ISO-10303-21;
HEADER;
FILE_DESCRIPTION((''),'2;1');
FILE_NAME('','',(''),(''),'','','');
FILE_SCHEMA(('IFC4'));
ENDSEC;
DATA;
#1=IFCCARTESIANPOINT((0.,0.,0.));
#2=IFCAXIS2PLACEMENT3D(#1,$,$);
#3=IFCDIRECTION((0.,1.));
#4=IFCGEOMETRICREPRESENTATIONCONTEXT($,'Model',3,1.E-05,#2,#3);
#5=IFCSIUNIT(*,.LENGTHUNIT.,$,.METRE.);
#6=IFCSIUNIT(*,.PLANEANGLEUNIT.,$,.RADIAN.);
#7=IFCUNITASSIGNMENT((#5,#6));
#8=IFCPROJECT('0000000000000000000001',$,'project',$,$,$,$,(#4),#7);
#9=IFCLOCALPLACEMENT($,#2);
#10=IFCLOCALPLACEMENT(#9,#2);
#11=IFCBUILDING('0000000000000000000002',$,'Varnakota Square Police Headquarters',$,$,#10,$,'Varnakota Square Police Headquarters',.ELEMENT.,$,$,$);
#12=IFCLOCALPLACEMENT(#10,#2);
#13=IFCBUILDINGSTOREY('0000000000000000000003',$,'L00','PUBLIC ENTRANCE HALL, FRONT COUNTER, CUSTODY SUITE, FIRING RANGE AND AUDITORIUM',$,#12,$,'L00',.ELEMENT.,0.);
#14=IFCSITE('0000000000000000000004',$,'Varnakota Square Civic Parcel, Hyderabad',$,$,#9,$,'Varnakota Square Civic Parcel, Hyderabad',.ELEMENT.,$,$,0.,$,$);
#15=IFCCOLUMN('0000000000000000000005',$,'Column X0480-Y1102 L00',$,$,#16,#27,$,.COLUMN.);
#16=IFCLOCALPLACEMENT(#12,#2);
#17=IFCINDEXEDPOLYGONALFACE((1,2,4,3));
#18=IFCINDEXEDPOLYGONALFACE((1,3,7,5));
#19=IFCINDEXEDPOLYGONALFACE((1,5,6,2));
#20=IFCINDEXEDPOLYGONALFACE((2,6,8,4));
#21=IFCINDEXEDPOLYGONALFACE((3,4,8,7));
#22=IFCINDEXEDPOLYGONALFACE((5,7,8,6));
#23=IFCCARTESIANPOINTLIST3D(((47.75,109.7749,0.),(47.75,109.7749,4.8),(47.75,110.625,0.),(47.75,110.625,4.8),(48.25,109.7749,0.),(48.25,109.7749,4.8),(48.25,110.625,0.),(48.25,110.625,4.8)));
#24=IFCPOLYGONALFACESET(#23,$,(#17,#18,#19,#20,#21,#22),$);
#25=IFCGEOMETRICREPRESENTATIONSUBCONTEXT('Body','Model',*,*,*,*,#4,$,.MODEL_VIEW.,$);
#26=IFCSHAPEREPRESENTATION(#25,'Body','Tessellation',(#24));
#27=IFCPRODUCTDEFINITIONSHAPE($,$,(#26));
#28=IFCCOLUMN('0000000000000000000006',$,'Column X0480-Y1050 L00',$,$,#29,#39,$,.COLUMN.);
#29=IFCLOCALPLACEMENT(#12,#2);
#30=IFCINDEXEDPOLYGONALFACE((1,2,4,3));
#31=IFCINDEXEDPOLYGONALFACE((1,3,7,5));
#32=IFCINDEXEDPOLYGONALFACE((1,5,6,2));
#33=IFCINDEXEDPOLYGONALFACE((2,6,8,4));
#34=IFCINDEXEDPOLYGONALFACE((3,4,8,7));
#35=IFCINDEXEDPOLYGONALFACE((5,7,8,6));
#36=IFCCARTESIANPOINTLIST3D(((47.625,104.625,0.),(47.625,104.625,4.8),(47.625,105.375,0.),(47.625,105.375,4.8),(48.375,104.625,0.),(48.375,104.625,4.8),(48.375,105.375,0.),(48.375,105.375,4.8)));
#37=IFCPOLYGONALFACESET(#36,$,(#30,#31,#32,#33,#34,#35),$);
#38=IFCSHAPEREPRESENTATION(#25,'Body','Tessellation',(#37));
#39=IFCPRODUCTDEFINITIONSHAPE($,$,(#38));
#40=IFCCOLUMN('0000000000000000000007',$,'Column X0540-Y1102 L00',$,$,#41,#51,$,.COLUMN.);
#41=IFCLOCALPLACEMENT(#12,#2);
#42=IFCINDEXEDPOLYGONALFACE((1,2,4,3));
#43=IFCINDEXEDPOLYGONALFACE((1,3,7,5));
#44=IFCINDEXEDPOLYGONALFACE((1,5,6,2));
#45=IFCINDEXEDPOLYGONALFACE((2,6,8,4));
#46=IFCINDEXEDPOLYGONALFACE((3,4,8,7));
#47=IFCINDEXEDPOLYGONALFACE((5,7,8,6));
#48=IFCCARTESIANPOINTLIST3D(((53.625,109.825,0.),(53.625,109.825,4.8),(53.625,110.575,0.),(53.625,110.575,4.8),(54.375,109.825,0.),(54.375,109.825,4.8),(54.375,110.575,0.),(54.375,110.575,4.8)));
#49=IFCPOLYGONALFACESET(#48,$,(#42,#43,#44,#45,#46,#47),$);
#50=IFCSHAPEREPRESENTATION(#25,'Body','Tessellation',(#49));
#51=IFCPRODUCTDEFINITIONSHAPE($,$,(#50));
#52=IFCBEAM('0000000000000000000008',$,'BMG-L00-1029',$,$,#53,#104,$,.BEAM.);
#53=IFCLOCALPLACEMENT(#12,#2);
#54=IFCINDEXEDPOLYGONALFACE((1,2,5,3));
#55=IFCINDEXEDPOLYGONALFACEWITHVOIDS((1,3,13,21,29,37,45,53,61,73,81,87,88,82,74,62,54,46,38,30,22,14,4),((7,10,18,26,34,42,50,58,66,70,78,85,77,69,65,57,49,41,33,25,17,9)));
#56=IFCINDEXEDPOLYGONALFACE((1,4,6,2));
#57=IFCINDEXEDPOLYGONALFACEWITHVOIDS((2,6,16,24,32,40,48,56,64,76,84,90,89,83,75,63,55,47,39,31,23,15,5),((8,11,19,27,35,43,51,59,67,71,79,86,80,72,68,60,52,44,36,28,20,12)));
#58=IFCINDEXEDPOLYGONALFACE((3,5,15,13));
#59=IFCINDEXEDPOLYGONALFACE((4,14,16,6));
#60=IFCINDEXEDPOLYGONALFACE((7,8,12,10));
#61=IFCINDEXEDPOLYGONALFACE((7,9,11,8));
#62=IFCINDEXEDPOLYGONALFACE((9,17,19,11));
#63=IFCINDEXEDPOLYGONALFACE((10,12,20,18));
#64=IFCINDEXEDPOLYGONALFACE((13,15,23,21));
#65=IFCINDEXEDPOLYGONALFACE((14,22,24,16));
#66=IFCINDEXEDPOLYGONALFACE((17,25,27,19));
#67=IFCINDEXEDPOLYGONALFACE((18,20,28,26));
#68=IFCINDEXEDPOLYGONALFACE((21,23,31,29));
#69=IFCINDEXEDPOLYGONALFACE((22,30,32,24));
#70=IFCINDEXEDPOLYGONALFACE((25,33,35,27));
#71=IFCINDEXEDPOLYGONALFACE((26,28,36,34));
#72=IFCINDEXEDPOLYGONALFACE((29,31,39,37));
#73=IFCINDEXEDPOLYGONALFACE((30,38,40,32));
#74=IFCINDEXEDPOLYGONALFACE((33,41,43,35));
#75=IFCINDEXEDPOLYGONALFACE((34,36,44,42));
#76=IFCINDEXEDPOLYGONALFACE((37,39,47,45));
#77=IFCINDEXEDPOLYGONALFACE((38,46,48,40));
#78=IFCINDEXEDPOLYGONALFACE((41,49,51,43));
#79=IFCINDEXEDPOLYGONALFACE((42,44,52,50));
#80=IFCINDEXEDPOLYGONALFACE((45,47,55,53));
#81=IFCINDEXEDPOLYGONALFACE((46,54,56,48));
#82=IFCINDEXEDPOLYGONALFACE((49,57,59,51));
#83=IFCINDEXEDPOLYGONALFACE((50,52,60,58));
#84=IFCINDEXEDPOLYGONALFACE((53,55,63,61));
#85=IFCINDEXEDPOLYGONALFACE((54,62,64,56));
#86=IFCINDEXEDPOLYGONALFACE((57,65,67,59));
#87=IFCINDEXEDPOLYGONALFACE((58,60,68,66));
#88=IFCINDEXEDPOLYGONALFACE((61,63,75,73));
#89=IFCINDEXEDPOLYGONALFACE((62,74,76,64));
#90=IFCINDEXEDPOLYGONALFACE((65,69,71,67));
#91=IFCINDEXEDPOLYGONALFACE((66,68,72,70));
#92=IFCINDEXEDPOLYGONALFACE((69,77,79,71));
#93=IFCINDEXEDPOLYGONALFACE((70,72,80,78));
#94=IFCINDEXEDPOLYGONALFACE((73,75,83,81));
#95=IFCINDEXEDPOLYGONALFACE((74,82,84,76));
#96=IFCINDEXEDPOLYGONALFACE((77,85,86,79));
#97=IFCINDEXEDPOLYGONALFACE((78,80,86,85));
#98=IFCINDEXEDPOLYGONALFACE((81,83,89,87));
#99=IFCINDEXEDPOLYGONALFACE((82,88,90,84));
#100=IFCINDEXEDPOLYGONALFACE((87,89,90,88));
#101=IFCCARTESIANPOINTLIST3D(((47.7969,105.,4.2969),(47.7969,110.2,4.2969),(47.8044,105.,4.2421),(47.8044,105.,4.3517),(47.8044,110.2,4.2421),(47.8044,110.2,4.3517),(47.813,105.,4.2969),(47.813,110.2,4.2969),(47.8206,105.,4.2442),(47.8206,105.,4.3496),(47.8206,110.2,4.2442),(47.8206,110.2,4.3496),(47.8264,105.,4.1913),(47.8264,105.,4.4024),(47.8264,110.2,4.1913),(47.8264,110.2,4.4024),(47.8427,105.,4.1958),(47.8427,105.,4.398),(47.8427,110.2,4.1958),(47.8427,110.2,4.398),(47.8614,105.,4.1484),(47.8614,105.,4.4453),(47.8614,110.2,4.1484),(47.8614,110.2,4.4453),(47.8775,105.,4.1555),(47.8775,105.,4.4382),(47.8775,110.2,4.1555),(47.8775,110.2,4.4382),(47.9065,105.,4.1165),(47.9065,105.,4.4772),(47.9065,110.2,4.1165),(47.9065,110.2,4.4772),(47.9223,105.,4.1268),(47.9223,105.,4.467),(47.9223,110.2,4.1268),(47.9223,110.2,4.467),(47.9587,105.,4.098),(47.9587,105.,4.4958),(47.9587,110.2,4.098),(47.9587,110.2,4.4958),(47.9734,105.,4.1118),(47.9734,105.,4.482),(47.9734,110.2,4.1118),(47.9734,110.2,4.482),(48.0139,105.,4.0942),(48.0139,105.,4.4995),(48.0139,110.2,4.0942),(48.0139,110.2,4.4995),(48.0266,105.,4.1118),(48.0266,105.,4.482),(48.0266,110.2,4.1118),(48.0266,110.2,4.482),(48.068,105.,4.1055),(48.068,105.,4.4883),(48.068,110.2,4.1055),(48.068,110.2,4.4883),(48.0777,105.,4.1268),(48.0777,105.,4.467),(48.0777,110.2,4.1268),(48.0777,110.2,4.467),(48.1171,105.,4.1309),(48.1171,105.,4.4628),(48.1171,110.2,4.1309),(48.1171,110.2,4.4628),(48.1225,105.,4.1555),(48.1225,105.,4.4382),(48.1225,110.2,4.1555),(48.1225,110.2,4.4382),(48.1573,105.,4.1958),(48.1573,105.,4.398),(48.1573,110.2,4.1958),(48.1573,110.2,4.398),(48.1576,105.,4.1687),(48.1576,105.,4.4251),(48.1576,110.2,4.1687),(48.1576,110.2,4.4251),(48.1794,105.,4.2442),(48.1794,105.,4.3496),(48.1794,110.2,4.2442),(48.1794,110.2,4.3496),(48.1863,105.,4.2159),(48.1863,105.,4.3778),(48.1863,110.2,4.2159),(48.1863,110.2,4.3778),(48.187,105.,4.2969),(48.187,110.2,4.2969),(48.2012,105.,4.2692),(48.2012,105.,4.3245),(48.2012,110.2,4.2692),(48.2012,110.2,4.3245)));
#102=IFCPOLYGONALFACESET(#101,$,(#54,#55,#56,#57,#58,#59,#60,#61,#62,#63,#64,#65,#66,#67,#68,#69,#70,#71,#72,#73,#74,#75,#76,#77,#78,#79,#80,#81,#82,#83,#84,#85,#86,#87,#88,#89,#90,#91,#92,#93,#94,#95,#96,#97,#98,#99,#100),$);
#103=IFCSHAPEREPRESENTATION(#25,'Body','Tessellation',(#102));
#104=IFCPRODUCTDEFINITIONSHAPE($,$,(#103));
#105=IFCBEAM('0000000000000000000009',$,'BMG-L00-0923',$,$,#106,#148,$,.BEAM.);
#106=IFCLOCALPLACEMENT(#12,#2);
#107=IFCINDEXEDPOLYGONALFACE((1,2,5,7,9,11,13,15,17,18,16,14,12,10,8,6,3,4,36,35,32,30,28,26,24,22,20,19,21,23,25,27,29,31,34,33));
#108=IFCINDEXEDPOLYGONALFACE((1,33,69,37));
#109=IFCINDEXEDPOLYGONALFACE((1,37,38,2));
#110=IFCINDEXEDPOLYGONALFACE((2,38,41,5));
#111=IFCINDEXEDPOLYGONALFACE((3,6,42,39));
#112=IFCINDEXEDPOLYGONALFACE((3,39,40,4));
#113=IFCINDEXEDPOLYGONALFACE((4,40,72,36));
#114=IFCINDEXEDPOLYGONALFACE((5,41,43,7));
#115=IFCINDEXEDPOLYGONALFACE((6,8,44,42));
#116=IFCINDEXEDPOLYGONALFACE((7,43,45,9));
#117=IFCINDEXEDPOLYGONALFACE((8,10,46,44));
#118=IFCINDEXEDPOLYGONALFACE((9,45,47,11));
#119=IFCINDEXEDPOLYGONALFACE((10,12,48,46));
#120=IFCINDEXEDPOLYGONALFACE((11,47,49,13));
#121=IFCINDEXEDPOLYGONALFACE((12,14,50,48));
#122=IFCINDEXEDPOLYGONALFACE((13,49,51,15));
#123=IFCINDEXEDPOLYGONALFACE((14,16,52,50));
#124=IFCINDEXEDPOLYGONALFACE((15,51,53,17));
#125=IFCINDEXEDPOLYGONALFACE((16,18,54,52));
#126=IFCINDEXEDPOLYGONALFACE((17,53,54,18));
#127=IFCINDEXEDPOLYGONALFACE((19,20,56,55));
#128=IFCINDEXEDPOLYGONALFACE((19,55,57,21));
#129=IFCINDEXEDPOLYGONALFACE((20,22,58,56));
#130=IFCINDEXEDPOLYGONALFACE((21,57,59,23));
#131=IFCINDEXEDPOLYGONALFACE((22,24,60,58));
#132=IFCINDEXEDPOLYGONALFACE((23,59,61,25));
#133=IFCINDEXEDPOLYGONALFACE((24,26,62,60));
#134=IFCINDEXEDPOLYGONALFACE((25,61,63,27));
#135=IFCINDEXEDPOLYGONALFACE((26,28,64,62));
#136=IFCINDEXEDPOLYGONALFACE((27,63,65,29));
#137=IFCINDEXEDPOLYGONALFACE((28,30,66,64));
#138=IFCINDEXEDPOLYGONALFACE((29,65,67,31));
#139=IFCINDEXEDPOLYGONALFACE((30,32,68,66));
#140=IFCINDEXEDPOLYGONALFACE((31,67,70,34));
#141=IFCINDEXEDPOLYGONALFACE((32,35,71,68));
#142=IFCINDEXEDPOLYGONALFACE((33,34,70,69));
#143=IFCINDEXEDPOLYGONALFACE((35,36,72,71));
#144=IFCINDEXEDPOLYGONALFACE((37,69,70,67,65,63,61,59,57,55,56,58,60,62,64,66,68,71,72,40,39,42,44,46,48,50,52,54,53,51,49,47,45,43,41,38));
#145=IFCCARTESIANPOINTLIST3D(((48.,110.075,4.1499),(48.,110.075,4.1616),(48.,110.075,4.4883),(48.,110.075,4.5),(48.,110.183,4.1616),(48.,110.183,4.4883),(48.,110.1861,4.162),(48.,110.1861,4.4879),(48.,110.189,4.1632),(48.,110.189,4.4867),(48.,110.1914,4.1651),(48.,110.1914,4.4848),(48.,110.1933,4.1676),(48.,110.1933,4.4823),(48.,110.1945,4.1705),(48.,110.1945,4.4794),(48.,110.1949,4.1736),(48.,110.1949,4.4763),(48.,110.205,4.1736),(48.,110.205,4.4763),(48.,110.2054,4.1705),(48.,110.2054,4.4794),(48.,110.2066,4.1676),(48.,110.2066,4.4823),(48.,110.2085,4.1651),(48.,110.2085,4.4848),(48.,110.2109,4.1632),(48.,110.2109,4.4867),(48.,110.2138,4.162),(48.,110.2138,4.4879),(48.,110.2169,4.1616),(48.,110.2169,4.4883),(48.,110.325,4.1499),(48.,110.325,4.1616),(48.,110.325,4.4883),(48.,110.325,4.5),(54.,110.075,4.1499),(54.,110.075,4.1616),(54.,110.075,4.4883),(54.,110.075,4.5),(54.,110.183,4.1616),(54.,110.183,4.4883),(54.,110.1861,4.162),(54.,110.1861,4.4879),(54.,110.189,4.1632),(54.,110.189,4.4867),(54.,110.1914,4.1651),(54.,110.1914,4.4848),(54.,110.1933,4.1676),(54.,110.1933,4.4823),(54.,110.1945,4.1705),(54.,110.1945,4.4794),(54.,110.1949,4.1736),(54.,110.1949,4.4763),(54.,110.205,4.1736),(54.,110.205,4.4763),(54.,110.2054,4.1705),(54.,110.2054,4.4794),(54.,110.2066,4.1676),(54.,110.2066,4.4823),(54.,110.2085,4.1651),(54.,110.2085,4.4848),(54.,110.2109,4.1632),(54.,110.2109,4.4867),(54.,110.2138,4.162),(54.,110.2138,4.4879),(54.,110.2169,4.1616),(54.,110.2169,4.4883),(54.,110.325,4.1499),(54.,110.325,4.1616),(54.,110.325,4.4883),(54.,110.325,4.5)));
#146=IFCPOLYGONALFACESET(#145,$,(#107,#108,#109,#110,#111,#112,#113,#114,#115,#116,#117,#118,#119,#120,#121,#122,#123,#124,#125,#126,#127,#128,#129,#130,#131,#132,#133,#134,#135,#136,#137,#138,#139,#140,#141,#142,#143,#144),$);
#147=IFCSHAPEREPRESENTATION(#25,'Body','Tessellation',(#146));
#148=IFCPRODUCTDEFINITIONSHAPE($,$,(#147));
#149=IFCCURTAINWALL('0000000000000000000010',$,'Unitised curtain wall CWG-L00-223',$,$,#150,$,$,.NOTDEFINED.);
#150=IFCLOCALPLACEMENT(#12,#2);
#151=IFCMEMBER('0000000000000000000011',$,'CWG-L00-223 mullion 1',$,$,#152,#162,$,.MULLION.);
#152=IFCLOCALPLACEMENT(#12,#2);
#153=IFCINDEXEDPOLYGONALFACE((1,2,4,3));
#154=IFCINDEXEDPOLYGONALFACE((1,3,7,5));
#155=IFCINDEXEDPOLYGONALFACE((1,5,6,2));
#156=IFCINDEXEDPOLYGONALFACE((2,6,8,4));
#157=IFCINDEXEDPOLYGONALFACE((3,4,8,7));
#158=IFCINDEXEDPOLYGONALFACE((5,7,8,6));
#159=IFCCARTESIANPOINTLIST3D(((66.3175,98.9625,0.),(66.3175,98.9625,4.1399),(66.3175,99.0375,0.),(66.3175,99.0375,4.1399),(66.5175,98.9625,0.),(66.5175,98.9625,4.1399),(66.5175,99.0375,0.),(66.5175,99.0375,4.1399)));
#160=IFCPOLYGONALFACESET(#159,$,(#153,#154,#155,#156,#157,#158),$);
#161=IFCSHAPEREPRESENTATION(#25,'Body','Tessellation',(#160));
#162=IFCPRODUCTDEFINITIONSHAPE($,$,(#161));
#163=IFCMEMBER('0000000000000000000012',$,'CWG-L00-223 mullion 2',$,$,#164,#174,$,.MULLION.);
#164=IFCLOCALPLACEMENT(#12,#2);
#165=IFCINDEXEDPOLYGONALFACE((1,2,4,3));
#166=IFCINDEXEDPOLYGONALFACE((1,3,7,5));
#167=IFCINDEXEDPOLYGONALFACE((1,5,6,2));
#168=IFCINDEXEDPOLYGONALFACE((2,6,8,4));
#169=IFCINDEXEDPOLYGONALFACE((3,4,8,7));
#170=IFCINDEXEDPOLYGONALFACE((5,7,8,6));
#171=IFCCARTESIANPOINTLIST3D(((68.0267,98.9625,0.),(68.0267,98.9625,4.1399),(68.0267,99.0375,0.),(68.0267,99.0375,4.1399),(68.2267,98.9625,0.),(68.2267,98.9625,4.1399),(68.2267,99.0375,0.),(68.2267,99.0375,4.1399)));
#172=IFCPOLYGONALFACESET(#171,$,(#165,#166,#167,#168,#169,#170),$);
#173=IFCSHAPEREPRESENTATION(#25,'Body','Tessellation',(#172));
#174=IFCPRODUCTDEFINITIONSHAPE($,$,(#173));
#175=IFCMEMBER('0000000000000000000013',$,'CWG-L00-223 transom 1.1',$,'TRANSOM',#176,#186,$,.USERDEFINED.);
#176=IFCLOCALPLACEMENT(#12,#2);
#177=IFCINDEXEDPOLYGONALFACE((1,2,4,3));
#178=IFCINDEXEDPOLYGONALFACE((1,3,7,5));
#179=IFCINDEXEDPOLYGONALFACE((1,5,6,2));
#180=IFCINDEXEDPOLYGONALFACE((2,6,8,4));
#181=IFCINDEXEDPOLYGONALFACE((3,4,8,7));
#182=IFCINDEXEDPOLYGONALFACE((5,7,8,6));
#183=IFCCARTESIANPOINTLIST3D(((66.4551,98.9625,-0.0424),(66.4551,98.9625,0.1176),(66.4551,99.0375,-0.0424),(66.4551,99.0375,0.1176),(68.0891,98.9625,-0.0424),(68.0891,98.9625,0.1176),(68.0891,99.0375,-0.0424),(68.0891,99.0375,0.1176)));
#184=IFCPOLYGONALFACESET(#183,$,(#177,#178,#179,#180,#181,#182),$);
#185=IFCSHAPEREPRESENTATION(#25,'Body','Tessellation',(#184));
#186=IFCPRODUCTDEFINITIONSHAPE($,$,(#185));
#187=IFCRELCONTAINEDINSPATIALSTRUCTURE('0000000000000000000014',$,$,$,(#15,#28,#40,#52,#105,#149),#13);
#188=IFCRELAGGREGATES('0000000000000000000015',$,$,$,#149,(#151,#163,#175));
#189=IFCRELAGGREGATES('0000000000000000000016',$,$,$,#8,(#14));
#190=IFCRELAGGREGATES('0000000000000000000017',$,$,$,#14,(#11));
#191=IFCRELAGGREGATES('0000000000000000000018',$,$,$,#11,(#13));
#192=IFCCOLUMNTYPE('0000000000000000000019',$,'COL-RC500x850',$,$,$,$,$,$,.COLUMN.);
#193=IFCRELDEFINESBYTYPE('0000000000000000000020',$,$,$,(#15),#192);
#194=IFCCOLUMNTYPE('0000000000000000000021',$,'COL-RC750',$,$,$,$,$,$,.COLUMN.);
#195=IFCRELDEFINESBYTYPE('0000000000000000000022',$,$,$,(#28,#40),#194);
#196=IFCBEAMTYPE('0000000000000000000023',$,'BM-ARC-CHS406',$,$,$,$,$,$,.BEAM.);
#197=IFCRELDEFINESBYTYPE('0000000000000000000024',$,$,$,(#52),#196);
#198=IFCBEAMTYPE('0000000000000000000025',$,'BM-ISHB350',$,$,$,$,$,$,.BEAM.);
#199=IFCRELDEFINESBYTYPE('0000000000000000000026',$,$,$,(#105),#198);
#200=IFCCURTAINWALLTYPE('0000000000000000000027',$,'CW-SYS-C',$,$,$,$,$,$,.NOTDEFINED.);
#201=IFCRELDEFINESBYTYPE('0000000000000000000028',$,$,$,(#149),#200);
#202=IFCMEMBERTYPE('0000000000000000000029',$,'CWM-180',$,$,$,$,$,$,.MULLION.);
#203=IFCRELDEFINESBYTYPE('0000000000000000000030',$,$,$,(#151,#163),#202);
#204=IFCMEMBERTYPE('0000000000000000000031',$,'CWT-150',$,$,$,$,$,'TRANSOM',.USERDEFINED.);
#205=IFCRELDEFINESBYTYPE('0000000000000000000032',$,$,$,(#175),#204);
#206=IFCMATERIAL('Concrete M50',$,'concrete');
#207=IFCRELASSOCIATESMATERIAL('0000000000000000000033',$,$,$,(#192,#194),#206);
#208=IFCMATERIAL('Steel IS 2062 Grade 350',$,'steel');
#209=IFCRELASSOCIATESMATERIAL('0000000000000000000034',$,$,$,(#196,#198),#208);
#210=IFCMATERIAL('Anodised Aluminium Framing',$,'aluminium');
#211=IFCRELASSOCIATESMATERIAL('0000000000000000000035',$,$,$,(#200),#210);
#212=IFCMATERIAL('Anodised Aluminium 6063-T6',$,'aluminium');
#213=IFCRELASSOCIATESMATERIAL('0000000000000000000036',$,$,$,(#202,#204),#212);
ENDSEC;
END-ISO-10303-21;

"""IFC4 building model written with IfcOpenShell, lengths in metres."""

from ifc_helpers import new_model, si_unit, direction, frame, origin, origin_2d, place, context, subcontext, project, spatial, rectangle, hollow_circle, i_section, extrude, material, material_profile, profile_set, type_object, element, aggregate, save


model = new_model("IFC4")

# Units and contexts
model_context = context("Model", 3, precision=1e-05, world=origin(), true_north=direction((0.0, 1.0)))
body_context = subcontext(model_context, "Body", "Model", "MODEL_VIEW")
ifc_project = project(units=[si_unit("LENGTHUNIT", "METRE"), si_unit("PLANEANGLEUNIT", "RADIAN")], contexts=[model_context])

# Site, building, storey
site_placement = place(None, origin())
site = spatial("IfcSite", under=ifc_project, at=site_placement, Name="Varnakota Square Civic Parcel, Hyderabad", LongName="Varnakota Square Civic Parcel, Hyderabad", CompositionType="ELEMENT", RefElevation=0.0)
building_placement = place(site_placement, origin())
building = spatial("IfcBuilding", under=site, at=building_placement, Name="Varnakota Square Police Headquarters", LongName="Varnakota Square Police Headquarters", CompositionType="ELEMENT")
storey_placement = place(building_placement, origin())
storey = spatial("IfcBuildingStorey", under=building, at=storey_placement, Name="L00", Description="PUBLIC ENTRANCE HALL, FRONT COUNTER, CUSTODY SUITE, FIRING RANGE AND AUDITORIUM", LongName="L00", CompositionType="ELEMENT", Elevation=0.0)

# Columns
ifc_material_1 = material(Name="Concrete M50", Category="concrete")
ifc_material_profile_1 = material_profile(ifc_material_1, rectangle(XDim=0.5, YDim=0.8501, at=origin_2d()), Name="RC 500x850")
ifc_profile_set_1 = profile_set([ifc_material_profile_1], Name="Concrete M50")
column_type_1 = type_object("IfcColumnType", Name="COL-RC500x850", PredefinedType="COLUMN", material=ifc_profile_set_1)
column_placement = place(storey_placement, frame((48.0, 110.2, 0.0), z_axis=(0.0, 0.0, 1.0), x_axis=(1.0, 0.0, 0.0)))
element("IfcColumn", 1, at=column_placement, inside=storey, type_object=column_type_1, Name="Column X0480-Y1102 L00", PredefinedType="COLUMN", context=body_context, shape_type="SweptSolid", body=[
    extrude(rectangle(XDim=0.5, YDim=0.8501, at=origin_2d()), origin(), (0.0, 0.0, 1.0), 4.8),
])
ifc_material_profile_2 = material_profile(ifc_material_1, rectangle(XDim=0.75, YDim=0.75, at=origin_2d()), Name="RC 750x750")
ifc_profile_set_2 = profile_set([ifc_material_profile_2], Name="Concrete M50")
column_type_2 = type_object("IfcColumnType", Name="COL-RC750", PredefinedType="COLUMN", material=ifc_profile_set_2)
for number, where, z_axis, x_axis, name in (
    (2, (48.0, 105.0, 0.0), (0.0, 0.0, 1.0), (1.0, 0.0, 0.0), "Column X0480-Y1050 L00"),
    (3, (54.0, 110.2, 0.0), (0.0, 0.0, 1.0), (1.0, 0.0, 0.0), "Column X0540-Y1102 L00"),
):
    element("IfcColumn", number, at=place(storey_placement, frame(where, z_axis=z_axis, x_axis=x_axis)), inside=storey, type_object=column_type_2, Name=name, PredefinedType="COLUMN", context=body_context, shape_type="SweptSolid", body=[
        extrude(rectangle(XDim=0.75, YDim=0.75, at=origin_2d()), origin(), (0.0, 0.0, 1.0), 4.8),
    ])

# Beams
ifc_material_2 = material(Name="Steel IS 2062 Grade 350", Category="steel")
ifc_material_profile_3 = material_profile(ifc_material_2, hollow_circle(Radius=0.2031, WallThickness=0.0161, at=origin_2d()), Name="CHS 406.4x16.0")
ifc_profile_set_3 = profile_set([ifc_material_profile_3], Name="Steel IS 2062 Grade 350")
beam_type_1 = type_object("IfcBeamType", Name="BM-ARC-CHS406", PredefinedType="BEAM", material=ifc_profile_set_3)
beam_1_placement = place(storey_placement, frame((48.0, 105.0, 4.2969), z_axis=(0.0, 1.0, 0.0), x_axis=(-1.0, 0.0, 0.0)))
element("IfcBeam", 4, at=beam_1_placement, inside=storey, type_object=beam_type_1, Name="BMG-L00-1029", PredefinedType="BEAM", context=body_context, shape_type="SweptSolid", body=[
    extrude(hollow_circle(Radius=0.2031, WallThickness=0.0161, at=origin_2d()), origin(), (0.0, 0.0, 1.0), 5.2),
])
ifc_material_profile_4 = material_profile(ifc_material_2, i_section(OverallWidth=0.25, OverallDepth=0.3501, WebThickness=0.01, FlangeThickness=0.0117, FilletRadius=0.012, at=origin_2d()), Name="ISHB 350")
ifc_profile_set_4 = profile_set([ifc_material_profile_4], Name="Steel IS 2062 Grade 350")
beam_type_2 = type_object("IfcBeamType", Name="BM-ISHB350", PredefinedType="BEAM", material=ifc_profile_set_4)
beam_2_placement = place(storey_placement, frame((48.0, 110.2, 4.325), z_axis=(1.0, 0.0, 0.0), x_axis=(0.0, 1.0, 0.0)))
element("IfcBeam", 5, at=beam_2_placement, inside=storey, type_object=beam_type_2, Name="BMG-L00-0923", PredefinedType="BEAM", context=body_context, shape_type="SweptSolid", body=[
    extrude(i_section(OverallWidth=0.25, OverallDepth=0.3501, WebThickness=0.01, FlangeThickness=0.0117, FilletRadius=0.012, at=origin_2d()), origin(), (0.0, 0.0, 1.0), 6.0),
])

# Curtain wall, members
ifc_material_3 = material(Name="Anodised Aluminium Framing", Category="aluminium")
curtain_wall_type = type_object("IfcCurtainWallType", Name="CW-SYS-C", PredefinedType="NOTDEFINED", material=ifc_material_3)
curtain_wall_placement = place(storey_placement, origin())
curtain_wall = element("IfcCurtainWall", 6, at=curtain_wall_placement, inside=storey, type_object=curtain_wall_type, Name="Unitised curtain wall CWG-L00-223", PredefinedType="NOTDEFINED")
ifc_material_4 = material(Name="Anodised Aluminium 6063-T6", Category="aluminium")
ifc_material_profile_5 = material_profile(ifc_material_4, rectangle(XDim=0.075, YDim=0.2, at=origin_2d()), Name="ALU MULLION 75x200")
ifc_profile_set_5 = profile_set([ifc_material_profile_5], Name="Anodised Aluminium 6063-T6")
member_type_1 = type_object("IfcMemberType", Name="CWM-180", PredefinedType="MULLION", material=ifc_profile_set_5)
member_1_placement = place(storey_placement, frame((66.4175, 99.0, 0.0), z_axis=(0.0, 0.0, 1.0), x_axis=(0.0, 1.0, 0.0)))
member_1 = element("IfcMember", 7, at=member_1_placement, type_object=member_type_1, Name="CWG-L00-223 mullion 1", PredefinedType="MULLION", context=body_context, shape_type="SweptSolid", body=[
    extrude(rectangle(XDim=0.075, YDim=0.2, at=origin_2d()), origin(), (0.0, 0.0, 1.0), 4.1399),
])
member_2_placement = place(storey_placement, frame((68.1267, 99.0, 0.0), z_axis=(0.0, 0.0, 1.0), x_axis=(0.0, 1.0, 0.0)))
member_2 = element("IfcMember", 8, at=member_2_placement, type_object=member_type_1, Name="CWG-L00-223 mullion 2", PredefinedType="MULLION", context=body_context, shape_type="SweptSolid", body=[
    extrude(rectangle(XDim=0.075, YDim=0.2, at=origin_2d()), origin(), (0.0, 0.0, 1.0), 4.1399),
])
ifc_material_profile_6 = material_profile(ifc_material_4, rectangle(XDim=0.075, YDim=0.1599, at=origin_2d()), Name="ALU TRANSOM 75x160")
ifc_profile_set_6 = profile_set([ifc_material_profile_6], Name="Anodised Aluminium 6063-T6")
member_type_2 = type_object("IfcMemberType", Name="CWT-150", ElementType="TRANSOM", PredefinedType="USERDEFINED", material=ifc_profile_set_6)
member_3_placement = place(storey_placement, frame((66.4551, 99.0, 0.0376), z_axis=(1.0, 0.0, 0.0), x_axis=(0.0, 1.0, 0.0)))
member_3 = element("IfcMember", 9, at=member_3_placement, type_object=member_type_2, Name="CWG-L00-223 transom 1.1", ObjectType="TRANSOM", PredefinedType="USERDEFINED", context=body_context, shape_type="SweptSolid", body=[
    extrude(rectangle(XDim=0.075, YDim=0.1599, at=origin_2d()), origin(), (0.0, 0.0, 1.0), 1.634),
])
aggregate(curtain_wall, [member_1, member_2, member_3])

save(model, "model.ifc")
